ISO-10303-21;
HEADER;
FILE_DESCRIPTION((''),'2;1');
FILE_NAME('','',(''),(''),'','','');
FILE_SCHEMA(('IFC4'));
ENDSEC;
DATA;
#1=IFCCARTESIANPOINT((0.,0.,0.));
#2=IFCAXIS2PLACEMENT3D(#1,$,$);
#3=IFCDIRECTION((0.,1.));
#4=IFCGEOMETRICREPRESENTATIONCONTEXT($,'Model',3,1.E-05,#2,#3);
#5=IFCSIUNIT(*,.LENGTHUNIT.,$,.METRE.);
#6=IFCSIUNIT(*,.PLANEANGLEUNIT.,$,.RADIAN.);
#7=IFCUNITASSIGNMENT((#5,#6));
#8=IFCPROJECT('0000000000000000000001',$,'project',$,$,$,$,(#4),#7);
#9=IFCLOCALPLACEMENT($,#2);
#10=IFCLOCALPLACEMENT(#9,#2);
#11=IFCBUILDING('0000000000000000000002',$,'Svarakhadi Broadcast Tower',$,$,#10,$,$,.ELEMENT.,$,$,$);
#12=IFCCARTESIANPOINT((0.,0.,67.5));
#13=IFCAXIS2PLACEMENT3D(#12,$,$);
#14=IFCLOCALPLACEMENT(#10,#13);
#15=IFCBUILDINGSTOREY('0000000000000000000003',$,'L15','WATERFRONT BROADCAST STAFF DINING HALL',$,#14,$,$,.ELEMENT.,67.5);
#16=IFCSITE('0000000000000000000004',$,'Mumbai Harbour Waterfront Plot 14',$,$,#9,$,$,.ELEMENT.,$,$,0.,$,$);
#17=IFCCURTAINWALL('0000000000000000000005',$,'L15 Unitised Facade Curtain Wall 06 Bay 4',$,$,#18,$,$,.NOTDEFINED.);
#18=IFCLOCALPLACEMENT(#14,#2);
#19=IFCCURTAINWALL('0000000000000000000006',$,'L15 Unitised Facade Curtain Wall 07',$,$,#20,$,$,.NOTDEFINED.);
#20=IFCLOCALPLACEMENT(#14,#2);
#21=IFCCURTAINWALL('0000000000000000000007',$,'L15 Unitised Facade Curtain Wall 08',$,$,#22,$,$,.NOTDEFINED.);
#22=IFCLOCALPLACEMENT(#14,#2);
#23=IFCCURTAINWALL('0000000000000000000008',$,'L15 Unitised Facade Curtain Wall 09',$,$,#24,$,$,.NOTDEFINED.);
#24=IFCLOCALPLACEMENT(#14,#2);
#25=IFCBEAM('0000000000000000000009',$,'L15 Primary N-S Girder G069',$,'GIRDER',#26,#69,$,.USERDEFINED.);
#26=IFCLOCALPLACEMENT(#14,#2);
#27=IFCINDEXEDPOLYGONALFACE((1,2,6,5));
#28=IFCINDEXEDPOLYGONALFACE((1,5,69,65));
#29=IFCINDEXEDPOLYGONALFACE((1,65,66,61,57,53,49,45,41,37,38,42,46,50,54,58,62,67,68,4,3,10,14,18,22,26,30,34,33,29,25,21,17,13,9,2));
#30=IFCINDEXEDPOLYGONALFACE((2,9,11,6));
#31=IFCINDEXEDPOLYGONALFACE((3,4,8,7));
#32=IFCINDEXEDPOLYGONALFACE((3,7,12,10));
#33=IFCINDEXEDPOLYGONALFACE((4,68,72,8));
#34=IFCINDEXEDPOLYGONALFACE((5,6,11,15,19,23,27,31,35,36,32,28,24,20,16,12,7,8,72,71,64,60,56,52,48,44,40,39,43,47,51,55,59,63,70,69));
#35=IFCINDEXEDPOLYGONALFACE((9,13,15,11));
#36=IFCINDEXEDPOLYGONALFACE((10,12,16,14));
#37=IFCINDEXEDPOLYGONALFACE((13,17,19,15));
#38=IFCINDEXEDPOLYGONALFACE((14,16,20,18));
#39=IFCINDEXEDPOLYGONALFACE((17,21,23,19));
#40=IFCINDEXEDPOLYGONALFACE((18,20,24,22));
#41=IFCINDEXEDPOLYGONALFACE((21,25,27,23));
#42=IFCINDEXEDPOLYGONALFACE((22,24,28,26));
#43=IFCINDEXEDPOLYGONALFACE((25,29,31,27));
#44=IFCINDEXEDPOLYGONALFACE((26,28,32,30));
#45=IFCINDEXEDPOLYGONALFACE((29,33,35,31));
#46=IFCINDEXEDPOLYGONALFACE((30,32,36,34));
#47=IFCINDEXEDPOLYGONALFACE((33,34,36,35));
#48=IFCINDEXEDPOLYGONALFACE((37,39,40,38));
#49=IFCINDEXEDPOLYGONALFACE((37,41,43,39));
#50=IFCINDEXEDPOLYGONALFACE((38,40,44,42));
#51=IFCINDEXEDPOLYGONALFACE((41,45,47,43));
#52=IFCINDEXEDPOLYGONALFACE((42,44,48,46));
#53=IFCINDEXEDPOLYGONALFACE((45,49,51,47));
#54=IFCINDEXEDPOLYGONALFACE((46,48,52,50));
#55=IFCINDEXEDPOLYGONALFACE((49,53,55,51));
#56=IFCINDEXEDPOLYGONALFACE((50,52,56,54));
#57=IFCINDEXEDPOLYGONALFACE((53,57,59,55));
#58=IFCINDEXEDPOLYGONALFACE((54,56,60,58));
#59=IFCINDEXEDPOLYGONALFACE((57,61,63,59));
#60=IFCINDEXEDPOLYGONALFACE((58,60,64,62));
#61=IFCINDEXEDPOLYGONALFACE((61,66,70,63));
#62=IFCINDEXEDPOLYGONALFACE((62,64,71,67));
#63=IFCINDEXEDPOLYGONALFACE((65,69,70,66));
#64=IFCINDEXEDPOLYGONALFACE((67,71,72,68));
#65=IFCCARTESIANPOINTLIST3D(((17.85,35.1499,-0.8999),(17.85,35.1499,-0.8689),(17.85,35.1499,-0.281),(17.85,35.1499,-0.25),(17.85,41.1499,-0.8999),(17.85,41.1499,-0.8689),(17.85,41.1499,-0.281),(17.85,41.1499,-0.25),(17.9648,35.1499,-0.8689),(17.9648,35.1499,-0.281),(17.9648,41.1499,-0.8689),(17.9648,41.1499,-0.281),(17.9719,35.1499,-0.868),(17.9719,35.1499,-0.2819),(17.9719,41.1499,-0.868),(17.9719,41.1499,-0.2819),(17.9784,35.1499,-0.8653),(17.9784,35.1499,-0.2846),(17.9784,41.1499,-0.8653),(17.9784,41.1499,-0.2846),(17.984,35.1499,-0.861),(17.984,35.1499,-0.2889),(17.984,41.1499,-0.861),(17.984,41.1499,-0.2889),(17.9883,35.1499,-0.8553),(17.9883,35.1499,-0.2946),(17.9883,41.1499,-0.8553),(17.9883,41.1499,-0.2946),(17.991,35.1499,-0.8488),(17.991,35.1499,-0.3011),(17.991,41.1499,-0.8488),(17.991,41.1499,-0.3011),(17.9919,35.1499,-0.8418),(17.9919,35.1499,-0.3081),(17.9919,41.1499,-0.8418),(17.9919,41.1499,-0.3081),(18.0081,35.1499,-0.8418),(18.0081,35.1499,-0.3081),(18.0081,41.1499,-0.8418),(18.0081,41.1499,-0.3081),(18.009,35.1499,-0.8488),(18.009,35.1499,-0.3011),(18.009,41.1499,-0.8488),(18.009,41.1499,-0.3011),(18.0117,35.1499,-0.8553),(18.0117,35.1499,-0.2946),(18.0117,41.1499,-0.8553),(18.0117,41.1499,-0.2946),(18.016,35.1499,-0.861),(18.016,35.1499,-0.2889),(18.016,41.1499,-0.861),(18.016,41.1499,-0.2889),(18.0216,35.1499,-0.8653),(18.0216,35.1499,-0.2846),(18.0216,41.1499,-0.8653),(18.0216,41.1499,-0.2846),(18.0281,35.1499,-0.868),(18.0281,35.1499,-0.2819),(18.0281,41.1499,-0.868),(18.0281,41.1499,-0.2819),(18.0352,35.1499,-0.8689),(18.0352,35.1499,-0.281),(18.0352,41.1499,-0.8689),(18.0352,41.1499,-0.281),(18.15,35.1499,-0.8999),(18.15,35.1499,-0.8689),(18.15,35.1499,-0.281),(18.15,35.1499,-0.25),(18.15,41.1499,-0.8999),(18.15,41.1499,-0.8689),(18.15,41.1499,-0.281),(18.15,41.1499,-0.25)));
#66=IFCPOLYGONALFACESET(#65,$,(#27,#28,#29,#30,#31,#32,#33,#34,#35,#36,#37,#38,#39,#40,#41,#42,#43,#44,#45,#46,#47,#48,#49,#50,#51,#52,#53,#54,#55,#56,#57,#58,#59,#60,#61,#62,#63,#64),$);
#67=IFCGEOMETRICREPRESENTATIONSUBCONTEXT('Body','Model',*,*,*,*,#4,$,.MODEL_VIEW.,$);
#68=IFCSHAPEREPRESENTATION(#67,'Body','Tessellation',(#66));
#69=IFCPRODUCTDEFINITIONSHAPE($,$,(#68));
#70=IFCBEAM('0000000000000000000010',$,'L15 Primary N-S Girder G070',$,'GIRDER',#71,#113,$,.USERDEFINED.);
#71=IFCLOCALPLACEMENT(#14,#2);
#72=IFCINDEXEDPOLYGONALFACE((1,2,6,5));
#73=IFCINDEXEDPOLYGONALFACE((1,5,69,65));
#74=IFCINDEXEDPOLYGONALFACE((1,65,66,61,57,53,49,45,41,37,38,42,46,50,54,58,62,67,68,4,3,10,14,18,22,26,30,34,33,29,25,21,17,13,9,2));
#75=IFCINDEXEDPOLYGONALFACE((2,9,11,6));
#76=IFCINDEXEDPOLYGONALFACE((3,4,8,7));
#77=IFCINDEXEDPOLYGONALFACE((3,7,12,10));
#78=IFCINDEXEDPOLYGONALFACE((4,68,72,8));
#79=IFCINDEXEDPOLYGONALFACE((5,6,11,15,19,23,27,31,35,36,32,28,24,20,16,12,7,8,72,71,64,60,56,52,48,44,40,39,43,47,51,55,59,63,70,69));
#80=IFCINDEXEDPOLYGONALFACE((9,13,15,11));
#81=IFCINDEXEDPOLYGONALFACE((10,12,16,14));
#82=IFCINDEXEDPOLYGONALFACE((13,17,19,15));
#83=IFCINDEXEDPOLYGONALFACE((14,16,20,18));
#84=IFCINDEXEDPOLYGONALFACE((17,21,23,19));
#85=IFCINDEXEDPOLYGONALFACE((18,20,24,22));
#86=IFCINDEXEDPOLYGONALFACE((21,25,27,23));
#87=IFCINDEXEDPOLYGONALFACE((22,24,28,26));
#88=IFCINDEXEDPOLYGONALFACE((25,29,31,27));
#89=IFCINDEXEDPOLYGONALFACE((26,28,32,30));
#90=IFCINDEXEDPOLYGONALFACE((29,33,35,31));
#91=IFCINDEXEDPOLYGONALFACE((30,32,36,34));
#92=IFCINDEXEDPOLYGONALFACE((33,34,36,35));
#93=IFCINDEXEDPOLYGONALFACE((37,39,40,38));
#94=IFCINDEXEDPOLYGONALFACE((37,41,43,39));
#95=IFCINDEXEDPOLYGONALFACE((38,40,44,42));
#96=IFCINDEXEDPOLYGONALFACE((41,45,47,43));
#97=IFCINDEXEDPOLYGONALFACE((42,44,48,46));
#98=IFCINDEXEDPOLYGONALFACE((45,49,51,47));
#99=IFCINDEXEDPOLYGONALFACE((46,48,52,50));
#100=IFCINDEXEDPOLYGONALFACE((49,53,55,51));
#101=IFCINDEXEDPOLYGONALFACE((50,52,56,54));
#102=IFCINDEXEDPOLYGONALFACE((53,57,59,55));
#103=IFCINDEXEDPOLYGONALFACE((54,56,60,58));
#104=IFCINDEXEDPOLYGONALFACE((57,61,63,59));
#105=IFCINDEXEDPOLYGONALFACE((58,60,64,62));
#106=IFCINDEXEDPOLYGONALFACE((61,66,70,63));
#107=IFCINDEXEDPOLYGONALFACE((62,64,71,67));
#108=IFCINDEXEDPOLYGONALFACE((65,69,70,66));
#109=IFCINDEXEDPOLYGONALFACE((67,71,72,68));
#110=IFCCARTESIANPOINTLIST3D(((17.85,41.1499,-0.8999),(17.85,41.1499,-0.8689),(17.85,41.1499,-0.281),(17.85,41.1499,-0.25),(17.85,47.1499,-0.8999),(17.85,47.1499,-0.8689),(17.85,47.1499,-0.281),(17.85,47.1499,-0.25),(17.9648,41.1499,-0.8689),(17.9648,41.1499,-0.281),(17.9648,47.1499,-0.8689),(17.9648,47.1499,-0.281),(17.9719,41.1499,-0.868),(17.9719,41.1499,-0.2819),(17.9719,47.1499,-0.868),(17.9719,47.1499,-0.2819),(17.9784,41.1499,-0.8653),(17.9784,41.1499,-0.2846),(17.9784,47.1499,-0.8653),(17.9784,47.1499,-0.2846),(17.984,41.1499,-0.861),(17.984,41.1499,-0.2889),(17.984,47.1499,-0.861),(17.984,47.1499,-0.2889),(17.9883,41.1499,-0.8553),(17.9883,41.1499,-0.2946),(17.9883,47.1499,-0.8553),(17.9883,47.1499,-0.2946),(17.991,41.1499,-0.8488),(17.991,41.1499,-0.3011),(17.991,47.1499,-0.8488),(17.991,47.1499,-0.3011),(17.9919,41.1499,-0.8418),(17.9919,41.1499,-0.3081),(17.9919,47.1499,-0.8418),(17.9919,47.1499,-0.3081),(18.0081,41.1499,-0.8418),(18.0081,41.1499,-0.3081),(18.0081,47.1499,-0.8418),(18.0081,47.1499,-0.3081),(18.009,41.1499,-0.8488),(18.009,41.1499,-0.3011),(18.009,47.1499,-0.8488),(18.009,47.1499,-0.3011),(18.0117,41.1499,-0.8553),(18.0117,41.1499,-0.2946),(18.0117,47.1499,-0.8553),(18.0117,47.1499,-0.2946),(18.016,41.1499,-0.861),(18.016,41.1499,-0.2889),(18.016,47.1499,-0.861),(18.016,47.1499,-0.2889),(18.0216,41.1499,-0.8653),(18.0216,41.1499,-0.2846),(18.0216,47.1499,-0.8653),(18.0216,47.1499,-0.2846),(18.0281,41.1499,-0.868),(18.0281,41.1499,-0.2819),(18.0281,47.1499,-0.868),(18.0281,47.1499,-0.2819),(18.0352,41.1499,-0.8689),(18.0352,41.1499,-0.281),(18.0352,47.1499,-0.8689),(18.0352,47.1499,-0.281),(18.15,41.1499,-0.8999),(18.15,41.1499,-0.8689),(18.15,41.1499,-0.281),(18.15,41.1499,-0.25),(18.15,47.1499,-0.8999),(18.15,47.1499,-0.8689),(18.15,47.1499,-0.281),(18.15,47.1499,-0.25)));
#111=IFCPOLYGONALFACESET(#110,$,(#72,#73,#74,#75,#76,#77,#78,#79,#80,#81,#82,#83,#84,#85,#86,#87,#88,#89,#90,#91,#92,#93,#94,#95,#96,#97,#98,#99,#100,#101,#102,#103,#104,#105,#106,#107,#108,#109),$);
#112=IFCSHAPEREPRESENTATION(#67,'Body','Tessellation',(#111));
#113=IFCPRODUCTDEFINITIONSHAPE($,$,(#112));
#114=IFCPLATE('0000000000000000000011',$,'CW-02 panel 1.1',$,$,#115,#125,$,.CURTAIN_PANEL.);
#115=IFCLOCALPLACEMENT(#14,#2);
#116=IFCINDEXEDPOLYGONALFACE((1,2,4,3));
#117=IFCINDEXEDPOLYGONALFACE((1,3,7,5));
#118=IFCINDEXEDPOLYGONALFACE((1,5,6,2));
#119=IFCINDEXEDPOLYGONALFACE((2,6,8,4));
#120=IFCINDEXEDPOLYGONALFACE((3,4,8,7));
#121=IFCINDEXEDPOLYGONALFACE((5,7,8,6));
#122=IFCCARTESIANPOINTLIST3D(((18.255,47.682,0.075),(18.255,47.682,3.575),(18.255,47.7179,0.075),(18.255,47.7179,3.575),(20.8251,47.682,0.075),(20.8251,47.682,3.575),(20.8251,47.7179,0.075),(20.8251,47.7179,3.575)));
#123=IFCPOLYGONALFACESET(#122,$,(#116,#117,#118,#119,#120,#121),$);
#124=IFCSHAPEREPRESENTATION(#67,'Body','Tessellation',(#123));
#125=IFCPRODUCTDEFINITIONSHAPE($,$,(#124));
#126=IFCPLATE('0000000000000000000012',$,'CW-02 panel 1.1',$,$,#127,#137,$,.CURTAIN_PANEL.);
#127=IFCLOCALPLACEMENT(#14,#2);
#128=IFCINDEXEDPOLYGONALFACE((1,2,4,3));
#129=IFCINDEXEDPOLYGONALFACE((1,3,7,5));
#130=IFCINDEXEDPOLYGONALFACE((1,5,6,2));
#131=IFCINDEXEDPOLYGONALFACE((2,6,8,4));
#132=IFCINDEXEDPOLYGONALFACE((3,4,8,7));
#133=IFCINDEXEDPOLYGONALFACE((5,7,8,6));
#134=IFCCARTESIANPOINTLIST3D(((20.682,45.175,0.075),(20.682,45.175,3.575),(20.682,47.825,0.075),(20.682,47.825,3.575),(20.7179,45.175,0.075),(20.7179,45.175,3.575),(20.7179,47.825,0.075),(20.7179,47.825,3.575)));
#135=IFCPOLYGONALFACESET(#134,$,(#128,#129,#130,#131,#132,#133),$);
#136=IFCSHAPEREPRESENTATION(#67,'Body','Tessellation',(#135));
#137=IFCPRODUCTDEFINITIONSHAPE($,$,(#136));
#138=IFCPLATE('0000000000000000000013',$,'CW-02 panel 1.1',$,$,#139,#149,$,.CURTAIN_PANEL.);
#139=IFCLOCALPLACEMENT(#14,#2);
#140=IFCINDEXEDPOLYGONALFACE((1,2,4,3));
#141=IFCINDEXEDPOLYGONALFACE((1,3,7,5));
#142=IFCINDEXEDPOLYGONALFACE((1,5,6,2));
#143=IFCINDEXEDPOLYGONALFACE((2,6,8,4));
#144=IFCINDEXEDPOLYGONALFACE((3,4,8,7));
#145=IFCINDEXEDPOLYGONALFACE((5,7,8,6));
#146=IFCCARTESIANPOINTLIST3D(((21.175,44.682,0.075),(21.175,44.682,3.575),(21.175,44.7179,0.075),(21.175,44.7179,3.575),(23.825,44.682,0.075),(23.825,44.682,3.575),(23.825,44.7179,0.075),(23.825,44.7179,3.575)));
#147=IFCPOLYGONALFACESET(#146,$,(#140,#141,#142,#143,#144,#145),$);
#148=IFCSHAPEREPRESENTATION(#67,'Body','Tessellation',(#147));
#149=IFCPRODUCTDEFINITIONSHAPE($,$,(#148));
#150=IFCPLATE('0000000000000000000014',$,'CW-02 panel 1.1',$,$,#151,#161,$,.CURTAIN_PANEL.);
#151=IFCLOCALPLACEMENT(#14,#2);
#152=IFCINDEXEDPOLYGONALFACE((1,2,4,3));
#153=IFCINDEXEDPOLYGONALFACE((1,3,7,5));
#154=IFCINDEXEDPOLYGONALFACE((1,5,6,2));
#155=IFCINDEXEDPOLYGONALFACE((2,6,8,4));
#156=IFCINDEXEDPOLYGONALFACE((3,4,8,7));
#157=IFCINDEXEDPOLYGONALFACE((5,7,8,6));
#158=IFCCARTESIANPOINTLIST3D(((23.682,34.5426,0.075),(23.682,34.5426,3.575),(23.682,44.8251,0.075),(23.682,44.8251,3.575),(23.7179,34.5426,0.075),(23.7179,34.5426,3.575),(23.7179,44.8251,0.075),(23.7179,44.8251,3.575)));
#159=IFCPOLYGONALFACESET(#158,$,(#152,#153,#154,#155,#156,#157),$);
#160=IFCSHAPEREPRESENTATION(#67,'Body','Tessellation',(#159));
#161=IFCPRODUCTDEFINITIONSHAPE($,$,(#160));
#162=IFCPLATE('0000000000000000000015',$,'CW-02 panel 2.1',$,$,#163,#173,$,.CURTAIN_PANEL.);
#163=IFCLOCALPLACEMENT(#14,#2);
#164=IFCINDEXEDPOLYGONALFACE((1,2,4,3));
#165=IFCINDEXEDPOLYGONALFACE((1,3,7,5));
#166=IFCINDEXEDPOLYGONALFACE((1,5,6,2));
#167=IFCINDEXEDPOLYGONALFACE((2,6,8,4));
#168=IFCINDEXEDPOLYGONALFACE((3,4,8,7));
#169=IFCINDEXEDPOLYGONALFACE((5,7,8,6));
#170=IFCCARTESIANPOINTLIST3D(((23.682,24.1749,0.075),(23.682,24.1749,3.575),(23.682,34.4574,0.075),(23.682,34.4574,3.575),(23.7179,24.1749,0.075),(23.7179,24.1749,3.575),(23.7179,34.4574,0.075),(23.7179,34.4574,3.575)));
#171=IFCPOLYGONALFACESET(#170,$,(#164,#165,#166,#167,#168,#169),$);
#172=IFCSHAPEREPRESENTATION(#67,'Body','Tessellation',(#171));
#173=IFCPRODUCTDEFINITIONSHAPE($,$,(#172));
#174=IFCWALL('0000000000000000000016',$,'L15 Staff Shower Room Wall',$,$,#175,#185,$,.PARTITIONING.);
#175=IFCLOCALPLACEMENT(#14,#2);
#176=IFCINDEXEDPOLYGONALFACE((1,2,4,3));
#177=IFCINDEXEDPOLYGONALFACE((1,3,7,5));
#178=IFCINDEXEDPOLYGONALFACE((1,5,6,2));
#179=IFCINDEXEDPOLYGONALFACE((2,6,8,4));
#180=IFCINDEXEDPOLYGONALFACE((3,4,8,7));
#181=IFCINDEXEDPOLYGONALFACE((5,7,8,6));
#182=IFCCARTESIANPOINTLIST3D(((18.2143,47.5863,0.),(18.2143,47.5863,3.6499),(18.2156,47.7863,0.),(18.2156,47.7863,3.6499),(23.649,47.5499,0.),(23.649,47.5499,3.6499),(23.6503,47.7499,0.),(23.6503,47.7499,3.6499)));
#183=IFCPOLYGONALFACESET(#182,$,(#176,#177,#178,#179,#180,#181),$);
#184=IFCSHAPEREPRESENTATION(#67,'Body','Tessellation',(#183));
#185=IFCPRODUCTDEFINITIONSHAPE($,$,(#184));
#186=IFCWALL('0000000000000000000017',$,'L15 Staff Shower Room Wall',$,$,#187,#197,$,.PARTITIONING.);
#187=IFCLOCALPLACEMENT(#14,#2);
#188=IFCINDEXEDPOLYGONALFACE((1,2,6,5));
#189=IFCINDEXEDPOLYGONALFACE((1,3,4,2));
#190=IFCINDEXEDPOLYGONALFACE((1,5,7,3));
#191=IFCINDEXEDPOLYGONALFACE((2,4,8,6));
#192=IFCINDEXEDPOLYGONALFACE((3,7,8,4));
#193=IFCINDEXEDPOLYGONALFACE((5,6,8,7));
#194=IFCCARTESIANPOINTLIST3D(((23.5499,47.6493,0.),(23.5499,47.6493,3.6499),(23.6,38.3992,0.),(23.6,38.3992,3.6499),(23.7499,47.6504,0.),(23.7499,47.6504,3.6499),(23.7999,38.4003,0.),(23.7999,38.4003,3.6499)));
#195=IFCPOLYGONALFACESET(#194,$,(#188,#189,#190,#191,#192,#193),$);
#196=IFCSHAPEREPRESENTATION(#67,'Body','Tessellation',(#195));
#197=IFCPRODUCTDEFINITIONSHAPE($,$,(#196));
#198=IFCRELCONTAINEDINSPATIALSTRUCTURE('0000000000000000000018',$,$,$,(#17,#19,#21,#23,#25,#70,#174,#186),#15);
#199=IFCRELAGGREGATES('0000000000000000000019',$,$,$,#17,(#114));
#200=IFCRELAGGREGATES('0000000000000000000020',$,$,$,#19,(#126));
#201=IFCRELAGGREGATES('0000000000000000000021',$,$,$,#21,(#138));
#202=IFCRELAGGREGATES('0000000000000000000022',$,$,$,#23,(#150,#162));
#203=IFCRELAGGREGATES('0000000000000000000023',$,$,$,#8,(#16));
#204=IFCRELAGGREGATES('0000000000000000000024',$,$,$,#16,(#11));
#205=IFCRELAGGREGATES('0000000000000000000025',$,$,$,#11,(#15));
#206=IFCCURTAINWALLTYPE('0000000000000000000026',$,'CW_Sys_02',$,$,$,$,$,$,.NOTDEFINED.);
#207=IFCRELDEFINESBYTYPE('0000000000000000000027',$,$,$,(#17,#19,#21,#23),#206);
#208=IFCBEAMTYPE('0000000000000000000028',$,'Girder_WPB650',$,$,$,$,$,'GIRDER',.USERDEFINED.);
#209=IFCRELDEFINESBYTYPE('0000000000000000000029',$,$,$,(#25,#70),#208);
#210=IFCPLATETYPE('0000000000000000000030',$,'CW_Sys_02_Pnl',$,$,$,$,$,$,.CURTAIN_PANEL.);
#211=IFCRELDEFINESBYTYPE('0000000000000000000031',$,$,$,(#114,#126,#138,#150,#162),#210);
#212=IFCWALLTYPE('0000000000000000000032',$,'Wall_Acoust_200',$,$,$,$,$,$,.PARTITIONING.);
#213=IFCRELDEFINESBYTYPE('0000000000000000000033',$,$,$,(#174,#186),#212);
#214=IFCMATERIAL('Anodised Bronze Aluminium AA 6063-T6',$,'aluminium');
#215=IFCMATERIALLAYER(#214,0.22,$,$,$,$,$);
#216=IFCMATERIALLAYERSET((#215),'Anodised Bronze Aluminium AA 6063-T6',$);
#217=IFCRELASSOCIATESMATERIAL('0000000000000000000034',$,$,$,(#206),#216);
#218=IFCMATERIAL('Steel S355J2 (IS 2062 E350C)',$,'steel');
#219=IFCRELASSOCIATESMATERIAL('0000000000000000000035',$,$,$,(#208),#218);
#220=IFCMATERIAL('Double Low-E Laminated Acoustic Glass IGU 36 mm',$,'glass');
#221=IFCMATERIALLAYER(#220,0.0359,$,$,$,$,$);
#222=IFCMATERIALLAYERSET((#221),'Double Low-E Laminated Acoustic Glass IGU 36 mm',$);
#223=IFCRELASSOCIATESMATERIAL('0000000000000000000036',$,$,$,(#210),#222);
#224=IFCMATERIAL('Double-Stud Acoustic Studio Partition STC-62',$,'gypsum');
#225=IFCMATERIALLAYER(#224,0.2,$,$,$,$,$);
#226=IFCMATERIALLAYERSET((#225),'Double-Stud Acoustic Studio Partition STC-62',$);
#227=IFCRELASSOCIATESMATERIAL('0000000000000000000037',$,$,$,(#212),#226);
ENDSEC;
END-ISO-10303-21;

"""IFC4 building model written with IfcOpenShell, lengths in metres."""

from ifc_helpers import new_model, si_unit, direction, frame, frame_2d, origin, origin_2d, place, context, subcontext, project, spatial, rectangle, i_section, extrude, material, layer, layer_set, material_profile, profile_set, type_object, element, aggregate, save


model = new_model("IFC4")

# Units and contexts
model_context = context("Model", 3, precision=1e-05, world=origin(), true_north=direction((0.0, 1.0)))
body_context = subcontext(model_context, "Body", "Model", "MODEL_VIEW")
ifc_project = project(units=[si_unit("LENGTHUNIT", "METRE"), si_unit("PLANEANGLEUNIT", "RADIAN")], contexts=[model_context])

# Site, building, storey
site_placement = place(None, origin())
site = spatial("IfcSite", under=ifc_project, at=site_placement, Name="Mumbai Harbour Waterfront Plot 14", CompositionType="ELEMENT", RefElevation=0.0)
building_placement = place(site_placement, origin())
building = spatial("IfcBuilding", under=site, at=building_placement, Name="Svarakhadi Broadcast Tower", CompositionType="ELEMENT")
storey_placement = place(building_placement, frame((0.0, 0.0, 67.5)))
storey = spatial("IfcBuildingStorey", under=building, at=storey_placement, Name="L15", Description="WATERFRONT BROADCAST STAFF DINING HALL", CompositionType="ELEMENT", Elevation=67.5)

# Curtain walls
ifc_material_1 = material(Name="Anodised Bronze Aluminium AA 6063-T6", Category="aluminium")
ifc_layer_1 = layer(ifc_material_1, 0.22)
ifc_layer_set_1 = layer_set([ifc_layer_1], Name="Anodised Bronze Aluminium AA 6063-T6")
curtain_wall_type = type_object("IfcCurtainWallType", Name="CW_Sys_02", PredefinedType="NOTDEFINED", material=ifc_layer_set_1)
curtain_wall_1_placement = place(storey_placement, origin())
curtain_wall_1 = element("IfcCurtainWall", 1, at=curtain_wall_1_placement, inside=storey, type_object=curtain_wall_type, Name="L15 Unitised Facade Curtain Wall 06 Bay 4", PredefinedType="NOTDEFINED")
curtain_wall_2_placement = place(storey_placement, origin())
curtain_wall_2 = element("IfcCurtainWall", 2, at=curtain_wall_2_placement, inside=storey, type_object=curtain_wall_type, Name="L15 Unitised Facade Curtain Wall 07", PredefinedType="NOTDEFINED")
curtain_wall_3_placement = place(storey_placement, origin())
curtain_wall_3 = element("IfcCurtainWall", 3, at=curtain_wall_3_placement, inside=storey, type_object=curtain_wall_type, Name="L15 Unitised Facade Curtain Wall 08", PredefinedType="NOTDEFINED")
curtain_wall_4_placement = place(storey_placement, origin())
curtain_wall_4 = element("IfcCurtainWall", 4, at=curtain_wall_4_placement, inside=storey, type_object=curtain_wall_type, Name="L15 Unitised Facade Curtain Wall 09", PredefinedType="NOTDEFINED")

# Beams
ifc_material_2 = material(Name="Steel S355J2 (IS 2062 E350C)", Category="steel")
ifc_material_profile_1 = material_profile(ifc_material_2, i_section(OverallWidth=0.3, OverallDepth=0.6499, WebThickness=0.0161, FlangeThickness=0.031, FilletRadius=0.0271, at=origin_2d()), Name="WPB 650x300x225")
ifc_profile_set_1 = profile_set([ifc_material_profile_1], Name="Steel S355J2 (IS 2062 E350C)")
beam_type = type_object("IfcBeamType", Name="Girder_WPB650", ElementType="GIRDER", PredefinedType="USERDEFINED", material=ifc_profile_set_1)
for number, where, z_axis, x_axis, name in (
    (5, (18.0, 35.1499, -0.575), (0.0, 1.0, 0.0), (-1.0, 0.0, 0.0), "L15 Primary N-S Girder G069"),
    (6, (18.0, 41.1499, -0.575), (0.0, 1.0, 0.0), (-1.0, 0.0, 0.0), "L15 Primary N-S Girder G070"),
):
    element("IfcBeam", number, at=place(storey_placement, frame(where, z_axis=z_axis, x_axis=x_axis)), inside=storey, type_object=beam_type, Name=name, ObjectType="GIRDER", PredefinedType="USERDEFINED", context=body_context, shape_type="SweptSolid", body=[
        extrude(i_section(OverallWidth=0.3, OverallDepth=0.6499, WebThickness=0.0161, FlangeThickness=0.031, FilletRadius=0.0271, at=origin_2d()), origin(), (0.0, 0.0, 1.0), 6.0),
    ])

# Plates
ifc_material_3 = material(Name="Double Low-E Laminated Acoustic Glass IGU 36 mm", Category="glass")
ifc_layer_2 = layer(ifc_material_3, 0.0359)
ifc_layer_set_2 = layer_set([ifc_layer_2], Name="Double Low-E Laminated Acoustic Glass IGU 36 mm")
plate_type = type_object("IfcPlateType", Name="CW_Sys_02_Pnl", PredefinedType="CURTAIN_PANEL", material=ifc_layer_set_2)
plate_1_placement = place(storey_placement, frame((19.54, 47.7, 0.075), z_axis=(0.0, 0.0, 1.0), x_axis=(1.0, 0.0, 0.0)))
plate_1 = element("IfcPlate", 7, at=plate_1_placement, type_object=plate_type, Name="CW-02 panel 1.1", PredefinedType="CURTAIN_PANEL", context=body_context, shape_type="SweptSolid", body=[
    extrude(rectangle(XDim=2.5701, YDim=0.0359, at=origin_2d()), origin(), (0.0, 0.0, 1.0), 3.5),
])
aggregate(curtain_wall_1, [plate_1])
plate_2_placement = place(storey_placement, frame((20.7, 46.5, 0.075), z_axis=(0.0, 0.0, 1.0), x_axis=(0.0, -1.0, 0.0)))
plate_2 = element("IfcPlate", 8, at=plate_2_placement, type_object=plate_type, Name="CW-02 panel 1.1", PredefinedType="CURTAIN_PANEL", context=body_context, shape_type="SweptSolid", body=[
    extrude(rectangle(XDim=2.6499, YDim=0.0359, at=origin_2d()), origin(), (0.0, 0.0, 1.0), 3.5),
])
aggregate(curtain_wall_2, [plate_2])
plate_3_placement = place(storey_placement, frame((22.5, 44.7, 0.075), z_axis=(0.0, 0.0, 1.0), x_axis=(1.0, 0.0, 0.0)))
plate_3 = element("IfcPlate", 9, at=plate_3_placement, type_object=plate_type, Name="CW-02 panel 1.1", PredefinedType="CURTAIN_PANEL", context=body_context, shape_type="SweptSolid", body=[
    extrude(rectangle(XDim=2.6499, YDim=0.0359, at=origin_2d()), origin(), (0.0, 0.0, 1.0), 3.5),
])
aggregate(curtain_wall_3, [plate_3])
plate_4_placement = place(storey_placement, frame((23.7, 39.6838, 0.075), z_axis=(0.0, 0.0, 1.0), x_axis=(0.0, -1.0, 0.0)))
plate_4 = element("IfcPlate", 10, at=plate_4_placement, type_object=plate_type, Name="CW-02 panel 1.1", PredefinedType="CURTAIN_PANEL", context=body_context, shape_type="SweptSolid", body=[
    extrude(rectangle(XDim=10.2825, YDim=0.0359, at=origin_2d()), origin(), (0.0, 0.0, 1.0), 3.5),
])
plate_5_placement = place(storey_placement, frame((23.7, 29.3162, 0.075), z_axis=(0.0, 0.0, 1.0), x_axis=(0.0, -1.0, 0.0)))
plate_5 = element("IfcPlate", 11, at=plate_5_placement, type_object=plate_type, Name="CW-02 panel 2.1", PredefinedType="CURTAIN_PANEL", context=body_context, shape_type="SweptSolid", body=[
    extrude(rectangle(XDim=10.2825, YDim=0.0359, at=origin_2d()), origin(), (0.0, 0.0, 1.0), 3.5),
])
aggregate(curtain_wall_4, [plate_4, plate_5])

# Walls
ifc_material_4 = material(Name="Double-Stud Acoustic Studio Partition STC-62", Category="gypsum")
ifc_layer_3 = layer(ifc_material_4, 0.2)
ifc_layer_set_3 = layer_set([ifc_layer_3], Name="Double-Stud Acoustic Studio Partition STC-62")
wall_type_1 = type_object("IfcWallType", Name="Wall_Acoust_200", PredefinedType="PARTITIONING", material=ifc_layer_set_3)
wall_1_placement = place(storey_placement, frame((18.2151, 47.6863, 0.0), z_axis=(0.0, 0.0, 1.0), x_axis=(0.999978, -0.006693, 0.0)))
element("IfcWall", 12, at=wall_1_placement, inside=storey, type_object=wall_type_1, Name="L15 Staff Shower Room Wall", PredefinedType="PARTITIONING", context=body_context, shape_type="SweptSolid", body=[
    extrude(rectangle(XDim=5.4348, YDim=0.2, at=frame_2d((2.7173, 0.0))), origin(), (0.0, 0.0, 1.0), 3.6499),
])
wall_2_placement = place(storey_placement, frame((23.7, 38.3999, 0.0), z_axis=(0.0, 0.0, 1.0), x_axis=(-0.005411, 0.999985, 0.0)))
element("IfcWall", 13, at=wall_2_placement, inside=storey, type_object=wall_type_1, Name="L15 Staff Shower Room Wall", PredefinedType="PARTITIONING", context=body_context, shape_type="SweptSolid", body=[
    extrude(rectangle(XDim=9.2502, YDim=0.2, at=frame_2d((4.625, 0.0))), origin(), (0.0, 0.0, 1.0), 3.6499),
])

save(model, "model.ifc")
